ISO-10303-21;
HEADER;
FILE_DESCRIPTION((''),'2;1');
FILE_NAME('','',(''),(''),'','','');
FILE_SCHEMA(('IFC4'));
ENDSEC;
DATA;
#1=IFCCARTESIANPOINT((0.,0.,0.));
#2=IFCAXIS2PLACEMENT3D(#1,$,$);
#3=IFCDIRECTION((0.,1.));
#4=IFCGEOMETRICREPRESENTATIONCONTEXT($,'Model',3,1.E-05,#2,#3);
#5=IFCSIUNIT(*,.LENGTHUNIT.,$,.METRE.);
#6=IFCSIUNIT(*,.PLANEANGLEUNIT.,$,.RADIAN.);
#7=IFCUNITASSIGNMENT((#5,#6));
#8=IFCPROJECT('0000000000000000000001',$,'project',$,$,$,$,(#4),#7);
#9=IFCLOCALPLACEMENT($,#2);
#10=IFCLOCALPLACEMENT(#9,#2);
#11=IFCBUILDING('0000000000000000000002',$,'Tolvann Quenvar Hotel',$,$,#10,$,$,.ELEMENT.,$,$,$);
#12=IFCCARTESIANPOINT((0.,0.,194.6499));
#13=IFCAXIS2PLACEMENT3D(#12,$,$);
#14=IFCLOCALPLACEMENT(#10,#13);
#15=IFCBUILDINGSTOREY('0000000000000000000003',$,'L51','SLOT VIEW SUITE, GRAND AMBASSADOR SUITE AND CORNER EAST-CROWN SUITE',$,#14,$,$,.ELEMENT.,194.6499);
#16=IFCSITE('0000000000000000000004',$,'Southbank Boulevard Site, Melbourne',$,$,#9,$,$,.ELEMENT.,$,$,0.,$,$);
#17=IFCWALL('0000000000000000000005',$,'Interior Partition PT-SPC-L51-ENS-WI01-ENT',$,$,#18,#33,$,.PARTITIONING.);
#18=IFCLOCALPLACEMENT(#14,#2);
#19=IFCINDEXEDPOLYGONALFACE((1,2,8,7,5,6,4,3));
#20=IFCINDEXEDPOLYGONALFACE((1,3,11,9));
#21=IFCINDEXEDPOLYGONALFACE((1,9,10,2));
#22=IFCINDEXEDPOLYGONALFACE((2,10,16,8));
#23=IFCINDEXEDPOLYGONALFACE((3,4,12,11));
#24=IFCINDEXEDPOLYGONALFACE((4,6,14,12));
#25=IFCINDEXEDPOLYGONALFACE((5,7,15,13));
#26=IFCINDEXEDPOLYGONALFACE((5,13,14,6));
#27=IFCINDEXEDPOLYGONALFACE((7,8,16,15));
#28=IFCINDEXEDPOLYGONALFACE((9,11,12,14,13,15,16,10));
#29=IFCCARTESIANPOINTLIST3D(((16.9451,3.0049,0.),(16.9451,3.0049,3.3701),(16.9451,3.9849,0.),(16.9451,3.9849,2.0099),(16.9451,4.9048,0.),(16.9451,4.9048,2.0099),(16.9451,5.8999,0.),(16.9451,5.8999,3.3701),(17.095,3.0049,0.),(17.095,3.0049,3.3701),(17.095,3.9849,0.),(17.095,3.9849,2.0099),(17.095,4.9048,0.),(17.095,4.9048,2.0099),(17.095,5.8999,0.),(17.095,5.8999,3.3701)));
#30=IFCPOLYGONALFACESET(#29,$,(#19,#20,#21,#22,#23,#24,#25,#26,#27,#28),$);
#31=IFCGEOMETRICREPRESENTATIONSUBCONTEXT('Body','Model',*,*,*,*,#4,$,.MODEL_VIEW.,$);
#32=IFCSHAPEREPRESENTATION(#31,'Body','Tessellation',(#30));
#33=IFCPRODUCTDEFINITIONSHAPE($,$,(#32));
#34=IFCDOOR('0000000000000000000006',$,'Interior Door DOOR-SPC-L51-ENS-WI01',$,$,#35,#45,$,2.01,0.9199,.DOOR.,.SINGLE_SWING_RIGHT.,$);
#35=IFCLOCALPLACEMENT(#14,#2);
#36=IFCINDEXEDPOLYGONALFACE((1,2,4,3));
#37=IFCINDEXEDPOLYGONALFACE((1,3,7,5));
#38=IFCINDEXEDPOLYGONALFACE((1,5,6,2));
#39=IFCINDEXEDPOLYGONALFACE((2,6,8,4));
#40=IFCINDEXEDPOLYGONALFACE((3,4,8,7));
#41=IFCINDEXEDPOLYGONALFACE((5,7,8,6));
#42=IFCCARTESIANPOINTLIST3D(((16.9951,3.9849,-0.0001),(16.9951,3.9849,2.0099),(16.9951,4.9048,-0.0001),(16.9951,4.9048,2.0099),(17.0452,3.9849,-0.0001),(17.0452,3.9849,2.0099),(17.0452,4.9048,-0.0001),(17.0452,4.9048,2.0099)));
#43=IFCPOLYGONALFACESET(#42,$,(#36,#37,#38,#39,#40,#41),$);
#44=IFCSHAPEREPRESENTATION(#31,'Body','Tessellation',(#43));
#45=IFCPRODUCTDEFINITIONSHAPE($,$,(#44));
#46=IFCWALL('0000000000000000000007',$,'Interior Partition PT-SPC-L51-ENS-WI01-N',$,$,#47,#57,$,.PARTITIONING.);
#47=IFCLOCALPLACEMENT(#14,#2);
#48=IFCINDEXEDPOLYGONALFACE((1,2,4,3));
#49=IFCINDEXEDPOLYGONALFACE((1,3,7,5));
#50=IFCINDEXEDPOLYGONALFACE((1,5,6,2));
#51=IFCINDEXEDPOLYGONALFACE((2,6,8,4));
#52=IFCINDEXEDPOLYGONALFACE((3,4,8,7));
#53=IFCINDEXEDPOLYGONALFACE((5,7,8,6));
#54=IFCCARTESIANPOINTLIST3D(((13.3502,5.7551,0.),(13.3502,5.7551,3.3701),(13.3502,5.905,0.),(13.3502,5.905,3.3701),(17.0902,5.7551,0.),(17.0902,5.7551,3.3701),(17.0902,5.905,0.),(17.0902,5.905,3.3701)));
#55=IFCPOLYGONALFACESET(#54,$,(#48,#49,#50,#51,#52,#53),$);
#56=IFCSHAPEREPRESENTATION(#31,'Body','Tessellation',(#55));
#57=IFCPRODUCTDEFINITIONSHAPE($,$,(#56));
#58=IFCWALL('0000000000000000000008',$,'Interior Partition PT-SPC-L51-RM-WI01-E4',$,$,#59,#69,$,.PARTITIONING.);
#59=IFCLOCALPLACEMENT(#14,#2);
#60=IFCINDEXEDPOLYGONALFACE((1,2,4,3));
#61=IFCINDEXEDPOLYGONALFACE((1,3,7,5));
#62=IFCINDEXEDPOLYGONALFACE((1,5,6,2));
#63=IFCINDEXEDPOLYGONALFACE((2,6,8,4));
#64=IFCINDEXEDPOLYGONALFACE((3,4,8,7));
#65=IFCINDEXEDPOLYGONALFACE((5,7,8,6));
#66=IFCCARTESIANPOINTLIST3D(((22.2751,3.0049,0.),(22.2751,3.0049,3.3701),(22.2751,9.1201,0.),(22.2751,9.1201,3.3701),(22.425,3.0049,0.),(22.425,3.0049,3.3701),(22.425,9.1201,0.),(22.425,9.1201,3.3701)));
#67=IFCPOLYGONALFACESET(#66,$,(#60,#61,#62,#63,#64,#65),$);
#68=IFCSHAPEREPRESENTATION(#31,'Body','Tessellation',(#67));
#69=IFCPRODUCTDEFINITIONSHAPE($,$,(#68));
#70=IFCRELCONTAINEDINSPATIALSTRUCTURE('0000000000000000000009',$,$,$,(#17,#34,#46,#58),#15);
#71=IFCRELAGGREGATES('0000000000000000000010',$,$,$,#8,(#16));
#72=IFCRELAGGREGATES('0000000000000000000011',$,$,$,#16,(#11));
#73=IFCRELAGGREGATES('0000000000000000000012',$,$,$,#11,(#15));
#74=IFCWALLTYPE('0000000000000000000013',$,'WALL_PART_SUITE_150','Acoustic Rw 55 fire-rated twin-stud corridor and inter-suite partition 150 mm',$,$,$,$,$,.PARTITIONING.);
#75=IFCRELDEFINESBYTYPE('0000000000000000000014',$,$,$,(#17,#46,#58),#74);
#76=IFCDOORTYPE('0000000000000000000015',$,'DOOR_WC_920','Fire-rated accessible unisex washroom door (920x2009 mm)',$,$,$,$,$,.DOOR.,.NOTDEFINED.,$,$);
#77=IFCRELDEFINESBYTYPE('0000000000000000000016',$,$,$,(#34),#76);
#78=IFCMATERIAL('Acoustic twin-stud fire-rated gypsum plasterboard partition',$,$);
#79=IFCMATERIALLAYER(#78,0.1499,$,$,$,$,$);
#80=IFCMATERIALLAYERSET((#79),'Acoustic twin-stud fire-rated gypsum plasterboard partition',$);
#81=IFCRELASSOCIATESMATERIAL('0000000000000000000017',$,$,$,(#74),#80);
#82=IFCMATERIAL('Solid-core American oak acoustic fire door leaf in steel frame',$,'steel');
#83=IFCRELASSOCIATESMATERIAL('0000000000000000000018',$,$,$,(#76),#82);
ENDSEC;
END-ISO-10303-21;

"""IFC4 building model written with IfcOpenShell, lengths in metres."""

from ifc_helpers import new_model, si_unit, direction, frame, frame_2d, origin, place, context, subcontext, project, spatial, rectangle, extrude, source, transform, mapped, material, layer, layer_set, type_object, type_shapes, element, fill, save


model = new_model("IFC4")

# Units and contexts
model_context = context("Model", 3, precision=1e-05, world=origin(), true_north=direction((0.0, 1.0)))
body_context = subcontext(model_context, "Body", "Model", "MODEL_VIEW")
ifc_project = project(units=[si_unit("LENGTHUNIT", "METRE"), si_unit("PLANEANGLEUNIT", "RADIAN")], contexts=[model_context])

# Site, building, storey
site_placement = place(None, origin())
site = spatial("IfcSite", under=ifc_project, at=site_placement, Name="Southbank Boulevard Site, Melbourne", CompositionType="ELEMENT", RefElevation=0.0)
building_placement = place(site_placement, origin())
building = spatial("IfcBuilding", under=site, at=building_placement, Name="Tolvann Quenvar Hotel", CompositionType="ELEMENT")
storey_placement = place(building_placement, frame((0.0, 0.0, 194.6499)))
storey = spatial("IfcBuildingStorey", under=building, at=storey_placement, Name="L51", Description="SLOT VIEW SUITE, GRAND AMBASSADOR SUITE AND CORNER EAST-CROWN SUITE", CompositionType="ELEMENT", Elevation=194.6499)

# Wall, opening, door
ifc_material_1 = material(Name="Acoustic twin-stud fire-rated gypsum plasterboard partition")
ifc_layer_1 = layer(ifc_material_1, 0.1499)
ifc_layer_set_1 = layer_set([ifc_layer_1], Name="Acoustic twin-stud fire-rated gypsum plasterboard partition")
wall_type_1 = type_object("IfcWallType", Name="WALL_PART_SUITE_150", Description="Acoustic Rw 55 fire-rated twin-stud corridor and inter-suite partition 150 mm", PredefinedType="PARTITIONING", material=ifc_layer_set_1)
wall_1_placement = place(storey_placement, frame((17.02, 3.0049, 0.0), z_axis=(0.0, 0.0, 1.0), x_axis=(0.0, 1.0, 0.0)))
wall_1 = element("IfcWall", 1, at=wall_1_placement, inside=storey, type_object=wall_type_1, Name="Interior Partition PT-SPC-L51-ENS-WI01-ENT", PredefinedType="PARTITIONING", context=body_context, shape_type="SweptSolid", body=[
    extrude(rectangle(XDim=2.895, YDim=0.1499, at=frame_2d((1.4475, 0.0))), origin(), (0.0, 0.0, 1.0), 3.3701),
])
opening_1_placement = place(wall_1_placement, frame((0.98, 0.0, 0.0)))
opening_1 = element("IfcOpeningElement", 2, at=opening_1_placement, cuts=wall_1, PredefinedType="OPENING", context=body_context, shape_type="SweptSolid", body=[
    extrude(rectangle(XDim=0.9199, YDim=2.01, at=frame_2d((0.46, 1.0049))), frame((0.0, 0.085, 0.0), z_axis=(0.0, -1.0, 0.0), x_axis=(1.0, 0.0, 0.0)), (0.0, 0.0, 1.0), 0.1699),
])
ifc_material_2 = material(Name="Solid-core American oak acoustic fire door leaf in steel frame", Category="steel")
door_type_1 = type_object("IfcDoorType", Name="DOOR_WC_920", Description="Fire-rated accessible unisex washroom door (920x2009 mm)", OperationType="NOTDEFINED", PredefinedType="DOOR", material=ifc_material_2)
shared_shape_1 = source(origin(), body_context, "Body", "SweptSolid", [
    extrude(rectangle(XDim=0.9199, YDim=2.01, at=frame_2d((0.46, 1.0049))), frame((0.0, 0.0249, 0.0), z_axis=(0.0, -1.0, 0.0), x_axis=(1.0, 0.0, 0.0)), (0.0, 0.0, 1.0), 0.05),
])
type_shapes(door_type_1, [shared_shape_1])
door_1_placement = place(opening_1_placement, origin())
door_1 = element("IfcDoor", 3, at=door_1_placement, inside=storey, type_object=door_type_1, Name="Interior Door DOOR-SPC-L51-ENS-WI01", OperationType="SINGLE_SWING_RIGHT", OverallHeight=2.01, OverallWidth=0.9199, PredefinedType="DOOR", context=body_context, shape_type="MappedRepresentation", body=[
    mapped(shared_shape_1, transform((0.0, 0.0, 0.0), x_axis=(1.0, 0.0, 0.0), y_axis=(0.0, 1.0, 0.0), z_axis=(0.0, 0.0, 1.0), scale=1.0)),
])
fill(opening_1, door_1)

# Wall
wall_2_placement = place(storey_placement, frame((13.3501, 5.8301, 0.0), z_axis=(0.0, 0.0, 1.0), x_axis=(1.0, 0.0, 0.0)))
element("IfcWall", 4, at=wall_2_placement, inside=storey, type_object=wall_type_1, Name="Interior Partition PT-SPC-L51-ENS-WI01-N", PredefinedType="PARTITIONING", context=body_context, shape_type="SweptSolid", body=[
    extrude(rectangle(XDim=3.74, YDim=0.1499, at=frame_2d((1.8701, 0.0))), origin(), (0.0, 0.0, 1.0), 3.3701),
])

# Wall
wall_3_placement = place(storey_placement, frame((22.3501, 3.0049, 0.0), z_axis=(0.0, 0.0, 1.0), x_axis=(0.0, 1.0, 0.0)))
element("IfcWall", 5, at=wall_3_placement, inside=storey, type_object=wall_type_1, Name="Interior Partition PT-SPC-L51-RM-WI01-E4", PredefinedType="PARTITIONING", context=body_context, shape_type="SweptSolid", body=[
    extrude(rectangle(XDim=6.1152, YDim=0.1499, at=frame_2d((3.0576, 0.0))), origin(), (0.0, 0.0, 1.0), 3.3701),
])

save(model, "model.ifc")
